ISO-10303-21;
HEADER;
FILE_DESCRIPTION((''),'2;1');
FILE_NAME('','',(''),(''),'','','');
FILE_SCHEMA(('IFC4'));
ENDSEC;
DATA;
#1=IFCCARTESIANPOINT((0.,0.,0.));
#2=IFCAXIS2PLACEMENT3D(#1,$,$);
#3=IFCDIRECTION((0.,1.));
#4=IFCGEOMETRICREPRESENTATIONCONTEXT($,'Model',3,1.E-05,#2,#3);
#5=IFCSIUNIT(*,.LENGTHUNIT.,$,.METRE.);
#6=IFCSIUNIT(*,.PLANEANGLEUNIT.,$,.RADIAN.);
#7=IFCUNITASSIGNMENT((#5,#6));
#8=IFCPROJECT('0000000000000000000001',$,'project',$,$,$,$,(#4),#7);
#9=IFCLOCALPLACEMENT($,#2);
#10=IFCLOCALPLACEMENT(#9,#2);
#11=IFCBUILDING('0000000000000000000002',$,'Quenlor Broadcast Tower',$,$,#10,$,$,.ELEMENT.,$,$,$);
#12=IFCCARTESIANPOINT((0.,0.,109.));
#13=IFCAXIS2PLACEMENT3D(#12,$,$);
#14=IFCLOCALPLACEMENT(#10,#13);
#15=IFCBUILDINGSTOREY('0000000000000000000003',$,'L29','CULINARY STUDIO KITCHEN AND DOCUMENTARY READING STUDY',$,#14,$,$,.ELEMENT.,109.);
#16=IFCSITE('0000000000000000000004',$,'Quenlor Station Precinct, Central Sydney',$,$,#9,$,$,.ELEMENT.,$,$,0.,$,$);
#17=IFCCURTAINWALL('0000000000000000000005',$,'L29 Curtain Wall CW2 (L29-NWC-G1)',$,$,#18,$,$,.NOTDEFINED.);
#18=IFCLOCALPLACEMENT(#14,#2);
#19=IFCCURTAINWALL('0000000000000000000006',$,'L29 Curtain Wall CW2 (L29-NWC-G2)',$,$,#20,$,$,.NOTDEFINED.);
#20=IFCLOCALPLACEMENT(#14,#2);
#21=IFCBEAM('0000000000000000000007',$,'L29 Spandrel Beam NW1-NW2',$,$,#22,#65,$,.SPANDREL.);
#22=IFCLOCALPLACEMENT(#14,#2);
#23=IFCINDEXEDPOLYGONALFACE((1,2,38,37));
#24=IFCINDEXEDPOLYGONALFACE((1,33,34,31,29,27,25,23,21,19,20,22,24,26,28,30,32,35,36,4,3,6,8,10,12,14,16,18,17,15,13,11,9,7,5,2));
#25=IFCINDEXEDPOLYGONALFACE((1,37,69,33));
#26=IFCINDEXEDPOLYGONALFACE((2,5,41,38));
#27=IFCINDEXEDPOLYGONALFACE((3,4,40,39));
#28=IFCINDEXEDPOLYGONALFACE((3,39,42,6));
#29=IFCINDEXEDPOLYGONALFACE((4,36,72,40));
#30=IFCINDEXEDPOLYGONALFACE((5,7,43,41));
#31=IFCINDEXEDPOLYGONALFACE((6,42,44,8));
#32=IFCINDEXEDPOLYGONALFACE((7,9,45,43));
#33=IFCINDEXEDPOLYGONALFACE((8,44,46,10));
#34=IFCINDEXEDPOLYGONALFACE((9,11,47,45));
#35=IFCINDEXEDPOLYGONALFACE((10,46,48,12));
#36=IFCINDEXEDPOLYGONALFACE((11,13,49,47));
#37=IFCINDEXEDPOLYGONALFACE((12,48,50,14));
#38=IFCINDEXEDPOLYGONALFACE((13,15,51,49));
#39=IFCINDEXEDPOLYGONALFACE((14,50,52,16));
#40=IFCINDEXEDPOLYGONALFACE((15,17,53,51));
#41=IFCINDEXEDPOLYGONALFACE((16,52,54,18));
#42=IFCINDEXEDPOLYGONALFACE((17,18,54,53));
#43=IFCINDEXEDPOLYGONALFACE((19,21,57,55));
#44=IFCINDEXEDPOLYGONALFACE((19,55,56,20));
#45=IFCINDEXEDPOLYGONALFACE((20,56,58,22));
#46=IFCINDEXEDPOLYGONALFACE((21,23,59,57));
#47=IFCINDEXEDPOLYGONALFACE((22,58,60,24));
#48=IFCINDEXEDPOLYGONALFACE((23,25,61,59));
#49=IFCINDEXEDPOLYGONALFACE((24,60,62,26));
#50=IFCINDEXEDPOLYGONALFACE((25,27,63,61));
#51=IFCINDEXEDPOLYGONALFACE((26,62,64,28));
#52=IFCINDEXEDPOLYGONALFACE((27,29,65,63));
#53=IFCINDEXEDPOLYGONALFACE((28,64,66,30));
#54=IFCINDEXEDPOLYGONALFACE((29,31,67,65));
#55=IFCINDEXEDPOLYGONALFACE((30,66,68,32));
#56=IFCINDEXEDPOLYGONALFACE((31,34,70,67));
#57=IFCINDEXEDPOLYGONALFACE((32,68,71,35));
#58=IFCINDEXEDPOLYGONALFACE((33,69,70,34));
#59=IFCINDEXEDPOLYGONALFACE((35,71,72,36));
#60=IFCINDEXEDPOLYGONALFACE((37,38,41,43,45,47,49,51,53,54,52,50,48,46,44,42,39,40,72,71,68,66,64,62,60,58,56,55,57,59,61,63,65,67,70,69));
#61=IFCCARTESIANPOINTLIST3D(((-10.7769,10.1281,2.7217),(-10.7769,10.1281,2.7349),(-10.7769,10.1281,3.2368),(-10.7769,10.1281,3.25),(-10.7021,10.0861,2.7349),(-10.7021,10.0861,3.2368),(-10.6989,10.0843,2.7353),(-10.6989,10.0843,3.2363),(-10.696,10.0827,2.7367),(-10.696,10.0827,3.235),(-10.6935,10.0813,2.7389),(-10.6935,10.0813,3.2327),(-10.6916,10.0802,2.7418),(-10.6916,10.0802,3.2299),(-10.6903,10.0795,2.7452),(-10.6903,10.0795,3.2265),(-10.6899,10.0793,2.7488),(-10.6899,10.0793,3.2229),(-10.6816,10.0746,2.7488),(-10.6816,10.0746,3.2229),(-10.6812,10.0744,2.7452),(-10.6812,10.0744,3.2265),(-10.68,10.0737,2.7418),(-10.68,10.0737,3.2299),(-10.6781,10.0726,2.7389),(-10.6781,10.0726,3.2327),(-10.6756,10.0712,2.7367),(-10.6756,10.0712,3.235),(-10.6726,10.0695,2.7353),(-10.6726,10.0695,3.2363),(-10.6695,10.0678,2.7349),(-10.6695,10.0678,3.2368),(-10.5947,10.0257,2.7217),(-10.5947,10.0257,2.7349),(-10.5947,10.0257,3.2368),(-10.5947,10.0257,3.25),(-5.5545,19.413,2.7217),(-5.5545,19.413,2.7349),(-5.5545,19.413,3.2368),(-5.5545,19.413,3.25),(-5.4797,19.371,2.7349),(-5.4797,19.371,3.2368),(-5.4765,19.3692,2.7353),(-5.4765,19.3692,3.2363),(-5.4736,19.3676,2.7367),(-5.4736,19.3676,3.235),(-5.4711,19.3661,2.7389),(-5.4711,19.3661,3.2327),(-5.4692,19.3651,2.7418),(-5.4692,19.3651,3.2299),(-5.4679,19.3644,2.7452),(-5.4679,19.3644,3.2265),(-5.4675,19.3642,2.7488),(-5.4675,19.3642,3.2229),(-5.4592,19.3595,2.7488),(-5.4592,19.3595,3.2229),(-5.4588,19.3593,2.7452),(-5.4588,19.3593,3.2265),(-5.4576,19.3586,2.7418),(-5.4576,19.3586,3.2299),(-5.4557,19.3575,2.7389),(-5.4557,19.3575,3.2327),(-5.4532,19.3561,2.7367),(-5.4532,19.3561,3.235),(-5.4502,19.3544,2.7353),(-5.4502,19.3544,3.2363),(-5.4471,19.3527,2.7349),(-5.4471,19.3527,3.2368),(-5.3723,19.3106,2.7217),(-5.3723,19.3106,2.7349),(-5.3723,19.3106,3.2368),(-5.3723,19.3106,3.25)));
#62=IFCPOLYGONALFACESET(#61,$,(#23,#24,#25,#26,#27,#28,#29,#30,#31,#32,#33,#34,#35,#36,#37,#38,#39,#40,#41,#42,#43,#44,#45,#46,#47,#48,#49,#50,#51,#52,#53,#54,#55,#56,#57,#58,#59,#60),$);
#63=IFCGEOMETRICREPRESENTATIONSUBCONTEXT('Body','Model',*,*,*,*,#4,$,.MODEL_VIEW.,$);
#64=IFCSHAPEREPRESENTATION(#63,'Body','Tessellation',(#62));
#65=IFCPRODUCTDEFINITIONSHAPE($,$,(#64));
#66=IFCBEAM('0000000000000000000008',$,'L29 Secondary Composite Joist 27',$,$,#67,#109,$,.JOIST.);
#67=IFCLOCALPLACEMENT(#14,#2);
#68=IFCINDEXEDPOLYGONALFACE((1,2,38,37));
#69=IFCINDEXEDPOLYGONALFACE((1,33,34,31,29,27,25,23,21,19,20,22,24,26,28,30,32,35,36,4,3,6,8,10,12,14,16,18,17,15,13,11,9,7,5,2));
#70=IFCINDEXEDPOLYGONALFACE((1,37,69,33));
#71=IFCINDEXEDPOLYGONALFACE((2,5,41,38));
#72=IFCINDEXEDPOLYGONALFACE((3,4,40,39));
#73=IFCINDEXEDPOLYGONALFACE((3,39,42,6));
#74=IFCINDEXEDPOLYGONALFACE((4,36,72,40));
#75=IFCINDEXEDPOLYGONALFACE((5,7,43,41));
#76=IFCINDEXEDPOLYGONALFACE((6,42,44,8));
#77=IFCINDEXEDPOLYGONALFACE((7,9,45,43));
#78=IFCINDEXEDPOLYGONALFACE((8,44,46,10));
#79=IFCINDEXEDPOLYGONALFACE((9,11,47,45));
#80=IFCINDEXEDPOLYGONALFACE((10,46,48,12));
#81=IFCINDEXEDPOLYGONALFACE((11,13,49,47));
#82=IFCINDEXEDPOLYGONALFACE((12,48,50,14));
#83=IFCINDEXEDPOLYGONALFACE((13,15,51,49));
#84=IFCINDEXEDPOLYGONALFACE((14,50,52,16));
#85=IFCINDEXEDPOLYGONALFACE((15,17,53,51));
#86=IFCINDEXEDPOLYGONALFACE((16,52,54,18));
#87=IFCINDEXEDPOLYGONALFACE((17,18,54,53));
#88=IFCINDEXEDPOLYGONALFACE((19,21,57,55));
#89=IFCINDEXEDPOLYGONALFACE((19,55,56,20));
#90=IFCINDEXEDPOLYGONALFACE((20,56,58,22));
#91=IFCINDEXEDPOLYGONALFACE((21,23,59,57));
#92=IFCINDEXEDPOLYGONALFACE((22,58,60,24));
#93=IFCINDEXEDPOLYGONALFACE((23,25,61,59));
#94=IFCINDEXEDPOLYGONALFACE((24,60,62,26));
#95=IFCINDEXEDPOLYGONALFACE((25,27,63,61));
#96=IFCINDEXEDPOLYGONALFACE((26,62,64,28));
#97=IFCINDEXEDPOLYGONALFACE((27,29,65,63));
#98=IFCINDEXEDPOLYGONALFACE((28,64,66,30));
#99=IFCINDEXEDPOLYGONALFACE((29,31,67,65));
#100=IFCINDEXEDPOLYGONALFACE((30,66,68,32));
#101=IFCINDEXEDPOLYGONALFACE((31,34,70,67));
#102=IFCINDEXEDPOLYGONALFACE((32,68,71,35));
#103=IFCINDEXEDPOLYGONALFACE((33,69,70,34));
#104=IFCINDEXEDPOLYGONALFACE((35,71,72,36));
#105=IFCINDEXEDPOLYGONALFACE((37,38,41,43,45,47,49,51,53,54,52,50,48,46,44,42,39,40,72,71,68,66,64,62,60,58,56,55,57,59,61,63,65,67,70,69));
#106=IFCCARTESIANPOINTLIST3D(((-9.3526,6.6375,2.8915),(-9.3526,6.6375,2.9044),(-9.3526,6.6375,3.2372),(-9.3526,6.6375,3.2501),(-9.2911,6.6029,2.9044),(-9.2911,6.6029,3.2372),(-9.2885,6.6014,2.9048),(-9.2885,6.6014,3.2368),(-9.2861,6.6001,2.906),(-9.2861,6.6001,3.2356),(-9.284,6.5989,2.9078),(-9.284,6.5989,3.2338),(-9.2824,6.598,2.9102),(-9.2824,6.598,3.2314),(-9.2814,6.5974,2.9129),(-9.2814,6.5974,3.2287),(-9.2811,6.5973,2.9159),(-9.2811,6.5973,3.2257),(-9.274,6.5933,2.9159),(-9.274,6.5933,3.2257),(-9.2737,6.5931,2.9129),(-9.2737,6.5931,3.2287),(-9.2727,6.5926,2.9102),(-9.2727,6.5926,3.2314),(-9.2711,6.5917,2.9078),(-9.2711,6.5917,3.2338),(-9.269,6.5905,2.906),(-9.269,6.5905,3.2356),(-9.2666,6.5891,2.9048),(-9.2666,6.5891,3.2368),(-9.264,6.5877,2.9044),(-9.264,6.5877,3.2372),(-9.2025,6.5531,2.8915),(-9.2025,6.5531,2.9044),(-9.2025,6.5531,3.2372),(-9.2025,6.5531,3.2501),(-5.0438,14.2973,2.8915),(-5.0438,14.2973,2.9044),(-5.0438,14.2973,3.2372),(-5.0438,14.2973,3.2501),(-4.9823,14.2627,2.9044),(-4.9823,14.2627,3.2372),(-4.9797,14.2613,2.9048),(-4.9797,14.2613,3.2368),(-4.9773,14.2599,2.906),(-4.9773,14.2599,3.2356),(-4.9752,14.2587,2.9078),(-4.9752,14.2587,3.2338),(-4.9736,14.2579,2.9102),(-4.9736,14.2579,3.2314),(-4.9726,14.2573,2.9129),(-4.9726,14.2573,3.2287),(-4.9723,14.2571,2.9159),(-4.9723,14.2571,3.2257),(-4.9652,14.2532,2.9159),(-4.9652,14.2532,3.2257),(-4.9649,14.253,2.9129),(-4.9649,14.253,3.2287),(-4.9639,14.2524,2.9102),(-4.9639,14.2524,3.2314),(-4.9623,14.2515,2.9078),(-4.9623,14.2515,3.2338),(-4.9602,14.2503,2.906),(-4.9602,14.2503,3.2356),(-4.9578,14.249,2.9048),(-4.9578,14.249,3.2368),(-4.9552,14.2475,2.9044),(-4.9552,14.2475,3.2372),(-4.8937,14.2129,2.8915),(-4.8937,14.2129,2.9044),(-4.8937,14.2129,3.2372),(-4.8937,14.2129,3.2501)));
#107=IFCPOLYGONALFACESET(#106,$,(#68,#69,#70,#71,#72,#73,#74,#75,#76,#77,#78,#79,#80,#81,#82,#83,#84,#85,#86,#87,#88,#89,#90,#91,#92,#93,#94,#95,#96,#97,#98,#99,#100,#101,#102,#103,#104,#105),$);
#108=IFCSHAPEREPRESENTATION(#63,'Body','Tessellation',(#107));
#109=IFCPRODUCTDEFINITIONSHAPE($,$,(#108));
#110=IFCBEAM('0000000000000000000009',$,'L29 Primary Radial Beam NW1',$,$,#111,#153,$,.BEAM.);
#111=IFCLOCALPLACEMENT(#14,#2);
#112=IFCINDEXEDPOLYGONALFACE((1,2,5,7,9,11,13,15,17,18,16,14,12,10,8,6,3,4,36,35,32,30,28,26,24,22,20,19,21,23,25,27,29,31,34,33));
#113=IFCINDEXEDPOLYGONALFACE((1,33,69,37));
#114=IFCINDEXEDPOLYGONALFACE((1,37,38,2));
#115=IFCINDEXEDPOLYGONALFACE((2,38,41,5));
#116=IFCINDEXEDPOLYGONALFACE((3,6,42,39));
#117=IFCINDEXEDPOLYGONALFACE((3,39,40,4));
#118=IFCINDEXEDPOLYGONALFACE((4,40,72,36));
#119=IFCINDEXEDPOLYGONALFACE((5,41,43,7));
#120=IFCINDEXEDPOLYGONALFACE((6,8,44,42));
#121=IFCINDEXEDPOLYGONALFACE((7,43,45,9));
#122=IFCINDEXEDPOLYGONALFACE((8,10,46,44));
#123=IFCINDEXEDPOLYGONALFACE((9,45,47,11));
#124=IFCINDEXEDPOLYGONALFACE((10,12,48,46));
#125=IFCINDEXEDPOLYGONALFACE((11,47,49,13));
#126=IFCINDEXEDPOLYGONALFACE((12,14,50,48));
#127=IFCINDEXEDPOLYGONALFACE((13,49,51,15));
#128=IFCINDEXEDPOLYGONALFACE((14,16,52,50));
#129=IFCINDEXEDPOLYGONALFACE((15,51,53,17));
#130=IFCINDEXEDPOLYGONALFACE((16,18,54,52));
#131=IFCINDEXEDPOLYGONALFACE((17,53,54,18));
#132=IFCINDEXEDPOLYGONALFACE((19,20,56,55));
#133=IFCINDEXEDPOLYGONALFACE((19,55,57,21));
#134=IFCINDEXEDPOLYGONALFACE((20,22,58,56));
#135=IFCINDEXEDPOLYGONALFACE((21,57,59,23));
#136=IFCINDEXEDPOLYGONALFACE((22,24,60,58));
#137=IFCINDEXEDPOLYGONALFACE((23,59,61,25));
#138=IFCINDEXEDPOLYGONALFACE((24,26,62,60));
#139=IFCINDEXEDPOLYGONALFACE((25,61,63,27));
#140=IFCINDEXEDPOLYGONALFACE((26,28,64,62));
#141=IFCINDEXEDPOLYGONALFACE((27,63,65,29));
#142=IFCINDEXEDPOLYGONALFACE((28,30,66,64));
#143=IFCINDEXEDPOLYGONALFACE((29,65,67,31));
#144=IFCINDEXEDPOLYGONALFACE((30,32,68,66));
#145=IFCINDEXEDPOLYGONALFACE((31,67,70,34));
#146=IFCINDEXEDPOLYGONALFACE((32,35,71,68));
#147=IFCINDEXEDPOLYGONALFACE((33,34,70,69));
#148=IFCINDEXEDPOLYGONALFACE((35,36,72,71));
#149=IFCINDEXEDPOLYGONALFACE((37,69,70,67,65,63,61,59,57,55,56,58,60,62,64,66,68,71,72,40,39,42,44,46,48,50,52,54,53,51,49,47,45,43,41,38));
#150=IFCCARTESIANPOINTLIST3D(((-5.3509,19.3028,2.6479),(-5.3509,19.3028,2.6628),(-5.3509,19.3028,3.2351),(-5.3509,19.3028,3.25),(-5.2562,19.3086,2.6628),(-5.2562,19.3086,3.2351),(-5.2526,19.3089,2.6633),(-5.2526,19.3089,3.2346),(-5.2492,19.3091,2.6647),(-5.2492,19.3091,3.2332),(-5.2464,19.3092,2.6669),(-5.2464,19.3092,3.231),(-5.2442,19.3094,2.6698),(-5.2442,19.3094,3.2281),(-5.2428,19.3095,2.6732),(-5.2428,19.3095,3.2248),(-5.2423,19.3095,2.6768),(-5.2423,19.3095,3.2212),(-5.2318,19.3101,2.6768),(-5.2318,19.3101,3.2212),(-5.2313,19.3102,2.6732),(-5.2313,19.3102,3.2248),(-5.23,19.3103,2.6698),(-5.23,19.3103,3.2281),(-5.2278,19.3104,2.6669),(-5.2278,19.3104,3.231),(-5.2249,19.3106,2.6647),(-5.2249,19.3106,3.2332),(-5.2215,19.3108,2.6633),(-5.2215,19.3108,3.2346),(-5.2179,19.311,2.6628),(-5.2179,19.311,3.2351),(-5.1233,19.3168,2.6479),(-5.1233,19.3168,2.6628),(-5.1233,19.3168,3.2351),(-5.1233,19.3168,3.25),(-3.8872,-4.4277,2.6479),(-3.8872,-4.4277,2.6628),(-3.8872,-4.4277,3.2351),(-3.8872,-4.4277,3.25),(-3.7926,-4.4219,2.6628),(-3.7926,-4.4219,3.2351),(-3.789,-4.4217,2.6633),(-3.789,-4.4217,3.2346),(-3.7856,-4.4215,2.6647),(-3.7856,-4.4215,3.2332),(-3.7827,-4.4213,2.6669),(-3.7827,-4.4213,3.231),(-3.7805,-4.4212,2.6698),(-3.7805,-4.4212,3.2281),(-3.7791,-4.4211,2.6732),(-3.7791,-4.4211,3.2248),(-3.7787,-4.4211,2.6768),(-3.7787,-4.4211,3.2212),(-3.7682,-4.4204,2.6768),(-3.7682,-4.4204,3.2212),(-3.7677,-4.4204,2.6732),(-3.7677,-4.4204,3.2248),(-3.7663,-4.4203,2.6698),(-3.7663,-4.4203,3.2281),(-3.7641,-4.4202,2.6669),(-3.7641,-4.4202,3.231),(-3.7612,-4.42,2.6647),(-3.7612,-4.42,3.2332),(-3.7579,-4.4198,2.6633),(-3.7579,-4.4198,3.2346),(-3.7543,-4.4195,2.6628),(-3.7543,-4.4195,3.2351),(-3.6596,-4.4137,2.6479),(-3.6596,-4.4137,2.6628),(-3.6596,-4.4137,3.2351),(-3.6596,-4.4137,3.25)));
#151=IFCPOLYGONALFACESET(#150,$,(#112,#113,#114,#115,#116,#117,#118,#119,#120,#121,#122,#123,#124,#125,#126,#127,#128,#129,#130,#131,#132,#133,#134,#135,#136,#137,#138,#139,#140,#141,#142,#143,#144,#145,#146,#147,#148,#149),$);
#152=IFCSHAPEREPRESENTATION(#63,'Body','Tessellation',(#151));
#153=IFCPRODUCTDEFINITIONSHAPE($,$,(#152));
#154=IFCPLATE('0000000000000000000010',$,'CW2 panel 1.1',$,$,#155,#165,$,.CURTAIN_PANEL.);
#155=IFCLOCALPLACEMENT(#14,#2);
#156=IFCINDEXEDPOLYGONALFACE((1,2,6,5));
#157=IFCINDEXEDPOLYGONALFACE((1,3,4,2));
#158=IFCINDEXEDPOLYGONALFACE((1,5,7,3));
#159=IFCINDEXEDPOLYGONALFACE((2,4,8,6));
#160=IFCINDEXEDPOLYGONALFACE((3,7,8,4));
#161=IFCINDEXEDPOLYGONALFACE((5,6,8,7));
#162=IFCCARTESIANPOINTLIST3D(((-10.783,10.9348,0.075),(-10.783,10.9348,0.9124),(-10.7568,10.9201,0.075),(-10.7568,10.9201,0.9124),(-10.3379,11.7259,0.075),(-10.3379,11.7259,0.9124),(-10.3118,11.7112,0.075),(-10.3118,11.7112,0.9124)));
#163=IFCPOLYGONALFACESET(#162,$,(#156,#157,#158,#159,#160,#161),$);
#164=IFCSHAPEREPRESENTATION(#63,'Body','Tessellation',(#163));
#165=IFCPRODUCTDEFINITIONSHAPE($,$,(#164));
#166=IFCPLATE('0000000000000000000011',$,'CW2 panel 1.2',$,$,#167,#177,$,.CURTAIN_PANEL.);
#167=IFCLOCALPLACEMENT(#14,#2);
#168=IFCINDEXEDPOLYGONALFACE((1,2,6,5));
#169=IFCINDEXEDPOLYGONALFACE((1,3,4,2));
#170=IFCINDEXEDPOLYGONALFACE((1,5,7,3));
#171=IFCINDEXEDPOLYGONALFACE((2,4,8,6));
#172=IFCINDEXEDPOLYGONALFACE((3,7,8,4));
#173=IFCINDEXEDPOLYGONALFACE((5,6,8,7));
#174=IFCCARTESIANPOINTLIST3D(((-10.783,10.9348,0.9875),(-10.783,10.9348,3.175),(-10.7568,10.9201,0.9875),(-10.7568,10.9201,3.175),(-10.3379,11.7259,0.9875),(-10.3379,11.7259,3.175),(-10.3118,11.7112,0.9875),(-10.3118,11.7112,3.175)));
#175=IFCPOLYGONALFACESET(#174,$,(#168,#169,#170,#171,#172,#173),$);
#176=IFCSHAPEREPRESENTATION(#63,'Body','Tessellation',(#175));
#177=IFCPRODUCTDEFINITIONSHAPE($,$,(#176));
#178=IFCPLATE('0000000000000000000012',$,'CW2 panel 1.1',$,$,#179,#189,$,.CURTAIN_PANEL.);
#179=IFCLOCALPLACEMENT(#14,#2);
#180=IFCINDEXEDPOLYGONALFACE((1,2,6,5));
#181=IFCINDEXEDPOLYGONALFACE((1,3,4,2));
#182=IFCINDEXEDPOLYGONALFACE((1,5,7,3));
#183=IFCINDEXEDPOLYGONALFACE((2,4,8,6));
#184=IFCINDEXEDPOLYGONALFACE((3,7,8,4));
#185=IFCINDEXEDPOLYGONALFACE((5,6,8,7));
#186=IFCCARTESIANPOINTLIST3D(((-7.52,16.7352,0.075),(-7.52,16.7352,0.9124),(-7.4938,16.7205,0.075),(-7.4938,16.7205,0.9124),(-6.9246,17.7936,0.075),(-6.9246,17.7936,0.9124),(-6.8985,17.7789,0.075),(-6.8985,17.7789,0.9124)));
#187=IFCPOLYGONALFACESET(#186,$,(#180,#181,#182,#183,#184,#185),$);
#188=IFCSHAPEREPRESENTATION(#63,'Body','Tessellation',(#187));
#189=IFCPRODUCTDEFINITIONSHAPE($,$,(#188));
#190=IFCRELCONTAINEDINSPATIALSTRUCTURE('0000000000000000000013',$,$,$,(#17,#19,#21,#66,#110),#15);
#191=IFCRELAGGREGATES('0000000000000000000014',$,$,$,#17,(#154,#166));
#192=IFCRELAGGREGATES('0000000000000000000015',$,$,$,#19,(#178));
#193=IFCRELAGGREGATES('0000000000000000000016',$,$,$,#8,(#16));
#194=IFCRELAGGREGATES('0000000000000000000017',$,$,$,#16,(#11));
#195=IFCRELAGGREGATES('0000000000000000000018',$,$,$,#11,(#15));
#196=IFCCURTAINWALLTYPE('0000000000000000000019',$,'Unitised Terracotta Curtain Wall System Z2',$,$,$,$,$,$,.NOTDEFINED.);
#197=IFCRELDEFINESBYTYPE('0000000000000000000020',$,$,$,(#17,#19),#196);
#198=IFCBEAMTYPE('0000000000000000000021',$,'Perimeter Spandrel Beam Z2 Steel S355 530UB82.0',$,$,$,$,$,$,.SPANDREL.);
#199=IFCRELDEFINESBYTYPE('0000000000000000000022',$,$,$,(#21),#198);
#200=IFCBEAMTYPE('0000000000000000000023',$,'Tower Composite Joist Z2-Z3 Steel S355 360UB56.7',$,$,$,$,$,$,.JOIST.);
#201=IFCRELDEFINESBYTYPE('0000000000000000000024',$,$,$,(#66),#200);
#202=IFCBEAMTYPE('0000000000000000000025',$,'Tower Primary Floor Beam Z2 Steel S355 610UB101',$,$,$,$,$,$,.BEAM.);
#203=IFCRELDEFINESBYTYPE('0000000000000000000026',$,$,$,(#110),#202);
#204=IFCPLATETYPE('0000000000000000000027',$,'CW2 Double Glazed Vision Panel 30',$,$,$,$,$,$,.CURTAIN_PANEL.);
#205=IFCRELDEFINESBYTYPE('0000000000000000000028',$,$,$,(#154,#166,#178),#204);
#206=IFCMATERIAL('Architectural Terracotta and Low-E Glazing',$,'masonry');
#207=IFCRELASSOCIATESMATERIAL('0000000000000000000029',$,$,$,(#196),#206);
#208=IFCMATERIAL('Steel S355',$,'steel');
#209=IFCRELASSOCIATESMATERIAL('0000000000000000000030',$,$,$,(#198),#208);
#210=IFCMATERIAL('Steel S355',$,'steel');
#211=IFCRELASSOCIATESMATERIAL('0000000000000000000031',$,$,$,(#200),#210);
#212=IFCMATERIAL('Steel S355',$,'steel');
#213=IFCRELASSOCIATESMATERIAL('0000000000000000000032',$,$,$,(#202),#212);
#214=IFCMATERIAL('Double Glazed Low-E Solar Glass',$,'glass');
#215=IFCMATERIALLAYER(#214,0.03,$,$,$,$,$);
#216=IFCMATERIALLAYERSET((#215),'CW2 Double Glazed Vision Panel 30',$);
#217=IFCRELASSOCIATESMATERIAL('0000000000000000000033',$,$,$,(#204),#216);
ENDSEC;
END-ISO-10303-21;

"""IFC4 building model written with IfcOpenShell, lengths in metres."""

from ifc_helpers import new_model, si_unit, direction, frame, origin, origin_2d, place, context, subcontext, project, spatial, rectangle, i_section, extrude, material, layer, layer_set, material_profile, profile_set, type_object, element, aggregate, save


model = new_model("IFC4")

# Units and contexts
model_context = context("Model", 3, precision=1e-05, world=origin(), true_north=direction((0.0, 1.0)))
body_context = subcontext(model_context, "Body", "Model", "MODEL_VIEW")
ifc_project = project(units=[si_unit("LENGTHUNIT", "METRE"), si_unit("PLANEANGLEUNIT", "RADIAN")], contexts=[model_context])

# Site, building, storey
site_placement = place(None, origin())
site = spatial("IfcSite", under=ifc_project, at=site_placement, Name="Quenlor Station Precinct, Central Sydney", CompositionType="ELEMENT", RefElevation=0.0)
building_placement = place(site_placement, origin())
building = spatial("IfcBuilding", under=site, at=building_placement, Name="Quenlor Broadcast Tower", CompositionType="ELEMENT")
storey_placement = place(building_placement, frame((0.0, 0.0, 109.0)))
storey = spatial("IfcBuildingStorey", under=building, at=storey_placement, Name="L29", Description="CULINARY STUDIO KITCHEN AND DOCUMENTARY READING STUDY", CompositionType="ELEMENT", Elevation=109.0)

# Curtain wall
ifc_material_1 = material(Name="Architectural Terracotta and Low-E Glazing", Category="masonry")
curtain_wall_type = type_object("IfcCurtainWallType", Name="Unitised Terracotta Curtain Wall System Z2", PredefinedType="NOTDEFINED", material=ifc_material_1)
curtain_wall_1_placement = place(storey_placement, origin())
curtain_wall_1 = element("IfcCurtainWall", 1, at=curtain_wall_1_placement, inside=storey, type_object=curtain_wall_type, Name="L29 Curtain Wall CW2 (L29-NWC-G1)", PredefinedType="NOTDEFINED")

# Curtain wall
curtain_wall_2_placement = place(storey_placement, origin())
curtain_wall_2 = element("IfcCurtainWall", 2, at=curtain_wall_2_placement, inside=storey, type_object=curtain_wall_type, Name="L29 Curtain Wall CW2 (L29-NWC-G2)", PredefinedType="NOTDEFINED")

# Beams
ifc_material_2 = material(Name="Steel S355", Category="steel")
ifc_material_profile_1 = material_profile(ifc_material_2, i_section(OverallWidth=0.209, OverallDepth=0.5283, WebThickness=0.0095, FlangeThickness=0.0132, FilletRadius=0.0139, at=origin_2d()))
ifc_profile_set_1 = profile_set([ifc_material_profile_1], Name="Steel S355 530UB82.0")
beam_type_1 = type_object("IfcBeamType", Name="Perimeter Spandrel Beam Z2 Steel S355 530UB82.0", PredefinedType="SPANDREL", material=ifc_profile_set_1)
beam_1_placement = place(storey_placement, frame((-5.4634, 19.3618, 2.9858), z_axis=(-0.490236, -0.87159, 0.0), x_axis=(0.87159, -0.490236, 0.0)))
element("IfcBeam", 3, at=beam_1_placement, inside=storey, type_object=beam_type_1, Name="L29 Spandrel Beam NW1-NW2", PredefinedType="SPANDREL", context=body_context, shape_type="SweptSolid", body=[
    extrude(i_section(OverallWidth=0.209, OverallDepth=0.5283, WebThickness=0.0095, FlangeThickness=0.0132, FilletRadius=0.0139, at=origin_2d()), origin(), (0.0, 0.0, 1.0), 10.6528),
])
ifc_material_3 = material(Name="Steel S355", Category="steel")
ifc_material_profile_2 = material_profile(ifc_material_3, i_section(OverallWidth=0.1721, OverallDepth=0.3586, WebThickness=0.0081, FlangeThickness=0.0129, FilletRadius=0.0115, at=origin_2d()))
ifc_profile_set_2 = profile_set([ifc_material_profile_2], Name="Steel S355 360UB56.7")
beam_type_2 = type_object("IfcBeamType", Name="Tower Composite Joist Z2-Z3 Steel S355 360UB56.7", PredefinedType="JOIST", material=ifc_profile_set_2)
beam_2_placement = place(storey_placement, frame((-4.9688, 14.2551, 3.0708), z_axis=(-0.490273, -0.871569, 0.0), x_axis=(0.871569, -0.490273, 0.0)))
element("IfcBeam", 4, at=beam_2_placement, inside=storey, type_object=beam_type_2, Name="L29 Secondary Composite Joist 27", PredefinedType="JOIST", context=body_context, shape_type="SweptSolid", body=[
    extrude(i_section(OverallWidth=0.1721, OverallDepth=0.3586, WebThickness=0.0081, FlangeThickness=0.0129, FilletRadius=0.0115, at=origin_2d()), origin(), (0.0, 0.0, 1.0), 8.7886),
])
ifc_material_4 = material(Name="Steel S355", Category="steel")
ifc_material_profile_3 = material_profile(ifc_material_4, i_section(OverallWidth=0.228, OverallDepth=0.6021, WebThickness=0.0105, FlangeThickness=0.0149, FilletRadius=0.0139, at=origin_2d()))
ifc_profile_set_3 = profile_set([ifc_material_profile_3], Name="Steel S355 610UB101")
beam_type_3 = type_object("IfcBeamType", Name="Tower Primary Floor Beam Z2 Steel S355 610UB101", PredefinedType="BEAM", material=ifc_profile_set_3)
beam_3_placement = place(storey_placement, frame((-5.2371, 19.3098, 2.949), z_axis=(0.06156, -0.998103, 0.0), x_axis=(0.998103, 0.06156, 0.0)))
element("IfcBeam", 5, at=beam_3_placement, inside=storey, type_object=beam_type_3, Name="L29 Primary Radial Beam NW1", PredefinedType="BEAM", context=body_context, shape_type="SweptSolid", body=[
    extrude(i_section(OverallWidth=0.228, OverallDepth=0.6021, WebThickness=0.0105, FlangeThickness=0.0149, FilletRadius=0.0139, at=origin_2d()), origin(), (0.0, 0.0, 1.0), 23.7756),
])

# Plates
ifc_material_5 = material(Name="Double Glazed Low-E Solar Glass", Category="glass")
ifc_layer_1 = layer(ifc_material_5, 0.03)
ifc_layer_set_1 = layer_set([ifc_layer_1], Name="CW2 Double Glazed Vision Panel 30")
plate_type_1 = type_object("IfcPlateType", Name="CW2 Double Glazed Vision Panel 30", PredefinedType="CURTAIN_PANEL", material=ifc_layer_set_1)
plate_1_placement = place(storey_placement, frame((-10.5474, 11.323, 0.075), z_axis=(0.0, 0.0, 1.0), x_axis=(0.490252, 0.871581, 0.0)))
plate_1 = element("IfcPlate", 6, at=plate_1_placement, type_object=plate_type_1, Name="CW2 panel 1.1", PredefinedType="CURTAIN_PANEL", context=body_context, shape_type="SweptSolid", body=[
    extrude(rectangle(XDim=0.9077, YDim=0.03, at=origin_2d()), origin(), (0.0, 0.0, 1.0), 0.8374),
])
plate_2_placement = place(storey_placement, frame((-10.5474, 11.323, 0.9875), z_axis=(0.0, 0.0, 1.0), x_axis=(0.490252, 0.871581, 0.0)))
plate_2 = element("IfcPlate", 7, at=plate_2_placement, type_object=plate_type_1, Name="CW2 panel 1.2", PredefinedType="CURTAIN_PANEL", context=body_context, shape_type="SweptSolid", body=[
    extrude(rectangle(XDim=0.9077, YDim=0.03, at=origin_2d()), origin(), (0.0, 0.0, 1.0), 2.1875),
])
aggregate(curtain_wall_1, [plate_1, plate_2])
plate_3_placement = place(storey_placement, frame((-7.2092, 17.2571, 0.075), z_axis=(0.0, 0.0, 1.0), x_axis=(0.490247, 0.871583, 0.0)))
plate_3 = element("IfcPlate", 8, at=plate_3_placement, type_object=plate_type_1, Name="CW2 panel 1.1", PredefinedType="CURTAIN_PANEL", context=body_context, shape_type="SweptSolid", body=[
    extrude(rectangle(XDim=1.2144, YDim=0.03, at=origin_2d()), origin(), (0.0, 0.0, 1.0), 0.8374),
])
aggregate(curtain_wall_2, [plate_3])

save(model, "model.ifc")
